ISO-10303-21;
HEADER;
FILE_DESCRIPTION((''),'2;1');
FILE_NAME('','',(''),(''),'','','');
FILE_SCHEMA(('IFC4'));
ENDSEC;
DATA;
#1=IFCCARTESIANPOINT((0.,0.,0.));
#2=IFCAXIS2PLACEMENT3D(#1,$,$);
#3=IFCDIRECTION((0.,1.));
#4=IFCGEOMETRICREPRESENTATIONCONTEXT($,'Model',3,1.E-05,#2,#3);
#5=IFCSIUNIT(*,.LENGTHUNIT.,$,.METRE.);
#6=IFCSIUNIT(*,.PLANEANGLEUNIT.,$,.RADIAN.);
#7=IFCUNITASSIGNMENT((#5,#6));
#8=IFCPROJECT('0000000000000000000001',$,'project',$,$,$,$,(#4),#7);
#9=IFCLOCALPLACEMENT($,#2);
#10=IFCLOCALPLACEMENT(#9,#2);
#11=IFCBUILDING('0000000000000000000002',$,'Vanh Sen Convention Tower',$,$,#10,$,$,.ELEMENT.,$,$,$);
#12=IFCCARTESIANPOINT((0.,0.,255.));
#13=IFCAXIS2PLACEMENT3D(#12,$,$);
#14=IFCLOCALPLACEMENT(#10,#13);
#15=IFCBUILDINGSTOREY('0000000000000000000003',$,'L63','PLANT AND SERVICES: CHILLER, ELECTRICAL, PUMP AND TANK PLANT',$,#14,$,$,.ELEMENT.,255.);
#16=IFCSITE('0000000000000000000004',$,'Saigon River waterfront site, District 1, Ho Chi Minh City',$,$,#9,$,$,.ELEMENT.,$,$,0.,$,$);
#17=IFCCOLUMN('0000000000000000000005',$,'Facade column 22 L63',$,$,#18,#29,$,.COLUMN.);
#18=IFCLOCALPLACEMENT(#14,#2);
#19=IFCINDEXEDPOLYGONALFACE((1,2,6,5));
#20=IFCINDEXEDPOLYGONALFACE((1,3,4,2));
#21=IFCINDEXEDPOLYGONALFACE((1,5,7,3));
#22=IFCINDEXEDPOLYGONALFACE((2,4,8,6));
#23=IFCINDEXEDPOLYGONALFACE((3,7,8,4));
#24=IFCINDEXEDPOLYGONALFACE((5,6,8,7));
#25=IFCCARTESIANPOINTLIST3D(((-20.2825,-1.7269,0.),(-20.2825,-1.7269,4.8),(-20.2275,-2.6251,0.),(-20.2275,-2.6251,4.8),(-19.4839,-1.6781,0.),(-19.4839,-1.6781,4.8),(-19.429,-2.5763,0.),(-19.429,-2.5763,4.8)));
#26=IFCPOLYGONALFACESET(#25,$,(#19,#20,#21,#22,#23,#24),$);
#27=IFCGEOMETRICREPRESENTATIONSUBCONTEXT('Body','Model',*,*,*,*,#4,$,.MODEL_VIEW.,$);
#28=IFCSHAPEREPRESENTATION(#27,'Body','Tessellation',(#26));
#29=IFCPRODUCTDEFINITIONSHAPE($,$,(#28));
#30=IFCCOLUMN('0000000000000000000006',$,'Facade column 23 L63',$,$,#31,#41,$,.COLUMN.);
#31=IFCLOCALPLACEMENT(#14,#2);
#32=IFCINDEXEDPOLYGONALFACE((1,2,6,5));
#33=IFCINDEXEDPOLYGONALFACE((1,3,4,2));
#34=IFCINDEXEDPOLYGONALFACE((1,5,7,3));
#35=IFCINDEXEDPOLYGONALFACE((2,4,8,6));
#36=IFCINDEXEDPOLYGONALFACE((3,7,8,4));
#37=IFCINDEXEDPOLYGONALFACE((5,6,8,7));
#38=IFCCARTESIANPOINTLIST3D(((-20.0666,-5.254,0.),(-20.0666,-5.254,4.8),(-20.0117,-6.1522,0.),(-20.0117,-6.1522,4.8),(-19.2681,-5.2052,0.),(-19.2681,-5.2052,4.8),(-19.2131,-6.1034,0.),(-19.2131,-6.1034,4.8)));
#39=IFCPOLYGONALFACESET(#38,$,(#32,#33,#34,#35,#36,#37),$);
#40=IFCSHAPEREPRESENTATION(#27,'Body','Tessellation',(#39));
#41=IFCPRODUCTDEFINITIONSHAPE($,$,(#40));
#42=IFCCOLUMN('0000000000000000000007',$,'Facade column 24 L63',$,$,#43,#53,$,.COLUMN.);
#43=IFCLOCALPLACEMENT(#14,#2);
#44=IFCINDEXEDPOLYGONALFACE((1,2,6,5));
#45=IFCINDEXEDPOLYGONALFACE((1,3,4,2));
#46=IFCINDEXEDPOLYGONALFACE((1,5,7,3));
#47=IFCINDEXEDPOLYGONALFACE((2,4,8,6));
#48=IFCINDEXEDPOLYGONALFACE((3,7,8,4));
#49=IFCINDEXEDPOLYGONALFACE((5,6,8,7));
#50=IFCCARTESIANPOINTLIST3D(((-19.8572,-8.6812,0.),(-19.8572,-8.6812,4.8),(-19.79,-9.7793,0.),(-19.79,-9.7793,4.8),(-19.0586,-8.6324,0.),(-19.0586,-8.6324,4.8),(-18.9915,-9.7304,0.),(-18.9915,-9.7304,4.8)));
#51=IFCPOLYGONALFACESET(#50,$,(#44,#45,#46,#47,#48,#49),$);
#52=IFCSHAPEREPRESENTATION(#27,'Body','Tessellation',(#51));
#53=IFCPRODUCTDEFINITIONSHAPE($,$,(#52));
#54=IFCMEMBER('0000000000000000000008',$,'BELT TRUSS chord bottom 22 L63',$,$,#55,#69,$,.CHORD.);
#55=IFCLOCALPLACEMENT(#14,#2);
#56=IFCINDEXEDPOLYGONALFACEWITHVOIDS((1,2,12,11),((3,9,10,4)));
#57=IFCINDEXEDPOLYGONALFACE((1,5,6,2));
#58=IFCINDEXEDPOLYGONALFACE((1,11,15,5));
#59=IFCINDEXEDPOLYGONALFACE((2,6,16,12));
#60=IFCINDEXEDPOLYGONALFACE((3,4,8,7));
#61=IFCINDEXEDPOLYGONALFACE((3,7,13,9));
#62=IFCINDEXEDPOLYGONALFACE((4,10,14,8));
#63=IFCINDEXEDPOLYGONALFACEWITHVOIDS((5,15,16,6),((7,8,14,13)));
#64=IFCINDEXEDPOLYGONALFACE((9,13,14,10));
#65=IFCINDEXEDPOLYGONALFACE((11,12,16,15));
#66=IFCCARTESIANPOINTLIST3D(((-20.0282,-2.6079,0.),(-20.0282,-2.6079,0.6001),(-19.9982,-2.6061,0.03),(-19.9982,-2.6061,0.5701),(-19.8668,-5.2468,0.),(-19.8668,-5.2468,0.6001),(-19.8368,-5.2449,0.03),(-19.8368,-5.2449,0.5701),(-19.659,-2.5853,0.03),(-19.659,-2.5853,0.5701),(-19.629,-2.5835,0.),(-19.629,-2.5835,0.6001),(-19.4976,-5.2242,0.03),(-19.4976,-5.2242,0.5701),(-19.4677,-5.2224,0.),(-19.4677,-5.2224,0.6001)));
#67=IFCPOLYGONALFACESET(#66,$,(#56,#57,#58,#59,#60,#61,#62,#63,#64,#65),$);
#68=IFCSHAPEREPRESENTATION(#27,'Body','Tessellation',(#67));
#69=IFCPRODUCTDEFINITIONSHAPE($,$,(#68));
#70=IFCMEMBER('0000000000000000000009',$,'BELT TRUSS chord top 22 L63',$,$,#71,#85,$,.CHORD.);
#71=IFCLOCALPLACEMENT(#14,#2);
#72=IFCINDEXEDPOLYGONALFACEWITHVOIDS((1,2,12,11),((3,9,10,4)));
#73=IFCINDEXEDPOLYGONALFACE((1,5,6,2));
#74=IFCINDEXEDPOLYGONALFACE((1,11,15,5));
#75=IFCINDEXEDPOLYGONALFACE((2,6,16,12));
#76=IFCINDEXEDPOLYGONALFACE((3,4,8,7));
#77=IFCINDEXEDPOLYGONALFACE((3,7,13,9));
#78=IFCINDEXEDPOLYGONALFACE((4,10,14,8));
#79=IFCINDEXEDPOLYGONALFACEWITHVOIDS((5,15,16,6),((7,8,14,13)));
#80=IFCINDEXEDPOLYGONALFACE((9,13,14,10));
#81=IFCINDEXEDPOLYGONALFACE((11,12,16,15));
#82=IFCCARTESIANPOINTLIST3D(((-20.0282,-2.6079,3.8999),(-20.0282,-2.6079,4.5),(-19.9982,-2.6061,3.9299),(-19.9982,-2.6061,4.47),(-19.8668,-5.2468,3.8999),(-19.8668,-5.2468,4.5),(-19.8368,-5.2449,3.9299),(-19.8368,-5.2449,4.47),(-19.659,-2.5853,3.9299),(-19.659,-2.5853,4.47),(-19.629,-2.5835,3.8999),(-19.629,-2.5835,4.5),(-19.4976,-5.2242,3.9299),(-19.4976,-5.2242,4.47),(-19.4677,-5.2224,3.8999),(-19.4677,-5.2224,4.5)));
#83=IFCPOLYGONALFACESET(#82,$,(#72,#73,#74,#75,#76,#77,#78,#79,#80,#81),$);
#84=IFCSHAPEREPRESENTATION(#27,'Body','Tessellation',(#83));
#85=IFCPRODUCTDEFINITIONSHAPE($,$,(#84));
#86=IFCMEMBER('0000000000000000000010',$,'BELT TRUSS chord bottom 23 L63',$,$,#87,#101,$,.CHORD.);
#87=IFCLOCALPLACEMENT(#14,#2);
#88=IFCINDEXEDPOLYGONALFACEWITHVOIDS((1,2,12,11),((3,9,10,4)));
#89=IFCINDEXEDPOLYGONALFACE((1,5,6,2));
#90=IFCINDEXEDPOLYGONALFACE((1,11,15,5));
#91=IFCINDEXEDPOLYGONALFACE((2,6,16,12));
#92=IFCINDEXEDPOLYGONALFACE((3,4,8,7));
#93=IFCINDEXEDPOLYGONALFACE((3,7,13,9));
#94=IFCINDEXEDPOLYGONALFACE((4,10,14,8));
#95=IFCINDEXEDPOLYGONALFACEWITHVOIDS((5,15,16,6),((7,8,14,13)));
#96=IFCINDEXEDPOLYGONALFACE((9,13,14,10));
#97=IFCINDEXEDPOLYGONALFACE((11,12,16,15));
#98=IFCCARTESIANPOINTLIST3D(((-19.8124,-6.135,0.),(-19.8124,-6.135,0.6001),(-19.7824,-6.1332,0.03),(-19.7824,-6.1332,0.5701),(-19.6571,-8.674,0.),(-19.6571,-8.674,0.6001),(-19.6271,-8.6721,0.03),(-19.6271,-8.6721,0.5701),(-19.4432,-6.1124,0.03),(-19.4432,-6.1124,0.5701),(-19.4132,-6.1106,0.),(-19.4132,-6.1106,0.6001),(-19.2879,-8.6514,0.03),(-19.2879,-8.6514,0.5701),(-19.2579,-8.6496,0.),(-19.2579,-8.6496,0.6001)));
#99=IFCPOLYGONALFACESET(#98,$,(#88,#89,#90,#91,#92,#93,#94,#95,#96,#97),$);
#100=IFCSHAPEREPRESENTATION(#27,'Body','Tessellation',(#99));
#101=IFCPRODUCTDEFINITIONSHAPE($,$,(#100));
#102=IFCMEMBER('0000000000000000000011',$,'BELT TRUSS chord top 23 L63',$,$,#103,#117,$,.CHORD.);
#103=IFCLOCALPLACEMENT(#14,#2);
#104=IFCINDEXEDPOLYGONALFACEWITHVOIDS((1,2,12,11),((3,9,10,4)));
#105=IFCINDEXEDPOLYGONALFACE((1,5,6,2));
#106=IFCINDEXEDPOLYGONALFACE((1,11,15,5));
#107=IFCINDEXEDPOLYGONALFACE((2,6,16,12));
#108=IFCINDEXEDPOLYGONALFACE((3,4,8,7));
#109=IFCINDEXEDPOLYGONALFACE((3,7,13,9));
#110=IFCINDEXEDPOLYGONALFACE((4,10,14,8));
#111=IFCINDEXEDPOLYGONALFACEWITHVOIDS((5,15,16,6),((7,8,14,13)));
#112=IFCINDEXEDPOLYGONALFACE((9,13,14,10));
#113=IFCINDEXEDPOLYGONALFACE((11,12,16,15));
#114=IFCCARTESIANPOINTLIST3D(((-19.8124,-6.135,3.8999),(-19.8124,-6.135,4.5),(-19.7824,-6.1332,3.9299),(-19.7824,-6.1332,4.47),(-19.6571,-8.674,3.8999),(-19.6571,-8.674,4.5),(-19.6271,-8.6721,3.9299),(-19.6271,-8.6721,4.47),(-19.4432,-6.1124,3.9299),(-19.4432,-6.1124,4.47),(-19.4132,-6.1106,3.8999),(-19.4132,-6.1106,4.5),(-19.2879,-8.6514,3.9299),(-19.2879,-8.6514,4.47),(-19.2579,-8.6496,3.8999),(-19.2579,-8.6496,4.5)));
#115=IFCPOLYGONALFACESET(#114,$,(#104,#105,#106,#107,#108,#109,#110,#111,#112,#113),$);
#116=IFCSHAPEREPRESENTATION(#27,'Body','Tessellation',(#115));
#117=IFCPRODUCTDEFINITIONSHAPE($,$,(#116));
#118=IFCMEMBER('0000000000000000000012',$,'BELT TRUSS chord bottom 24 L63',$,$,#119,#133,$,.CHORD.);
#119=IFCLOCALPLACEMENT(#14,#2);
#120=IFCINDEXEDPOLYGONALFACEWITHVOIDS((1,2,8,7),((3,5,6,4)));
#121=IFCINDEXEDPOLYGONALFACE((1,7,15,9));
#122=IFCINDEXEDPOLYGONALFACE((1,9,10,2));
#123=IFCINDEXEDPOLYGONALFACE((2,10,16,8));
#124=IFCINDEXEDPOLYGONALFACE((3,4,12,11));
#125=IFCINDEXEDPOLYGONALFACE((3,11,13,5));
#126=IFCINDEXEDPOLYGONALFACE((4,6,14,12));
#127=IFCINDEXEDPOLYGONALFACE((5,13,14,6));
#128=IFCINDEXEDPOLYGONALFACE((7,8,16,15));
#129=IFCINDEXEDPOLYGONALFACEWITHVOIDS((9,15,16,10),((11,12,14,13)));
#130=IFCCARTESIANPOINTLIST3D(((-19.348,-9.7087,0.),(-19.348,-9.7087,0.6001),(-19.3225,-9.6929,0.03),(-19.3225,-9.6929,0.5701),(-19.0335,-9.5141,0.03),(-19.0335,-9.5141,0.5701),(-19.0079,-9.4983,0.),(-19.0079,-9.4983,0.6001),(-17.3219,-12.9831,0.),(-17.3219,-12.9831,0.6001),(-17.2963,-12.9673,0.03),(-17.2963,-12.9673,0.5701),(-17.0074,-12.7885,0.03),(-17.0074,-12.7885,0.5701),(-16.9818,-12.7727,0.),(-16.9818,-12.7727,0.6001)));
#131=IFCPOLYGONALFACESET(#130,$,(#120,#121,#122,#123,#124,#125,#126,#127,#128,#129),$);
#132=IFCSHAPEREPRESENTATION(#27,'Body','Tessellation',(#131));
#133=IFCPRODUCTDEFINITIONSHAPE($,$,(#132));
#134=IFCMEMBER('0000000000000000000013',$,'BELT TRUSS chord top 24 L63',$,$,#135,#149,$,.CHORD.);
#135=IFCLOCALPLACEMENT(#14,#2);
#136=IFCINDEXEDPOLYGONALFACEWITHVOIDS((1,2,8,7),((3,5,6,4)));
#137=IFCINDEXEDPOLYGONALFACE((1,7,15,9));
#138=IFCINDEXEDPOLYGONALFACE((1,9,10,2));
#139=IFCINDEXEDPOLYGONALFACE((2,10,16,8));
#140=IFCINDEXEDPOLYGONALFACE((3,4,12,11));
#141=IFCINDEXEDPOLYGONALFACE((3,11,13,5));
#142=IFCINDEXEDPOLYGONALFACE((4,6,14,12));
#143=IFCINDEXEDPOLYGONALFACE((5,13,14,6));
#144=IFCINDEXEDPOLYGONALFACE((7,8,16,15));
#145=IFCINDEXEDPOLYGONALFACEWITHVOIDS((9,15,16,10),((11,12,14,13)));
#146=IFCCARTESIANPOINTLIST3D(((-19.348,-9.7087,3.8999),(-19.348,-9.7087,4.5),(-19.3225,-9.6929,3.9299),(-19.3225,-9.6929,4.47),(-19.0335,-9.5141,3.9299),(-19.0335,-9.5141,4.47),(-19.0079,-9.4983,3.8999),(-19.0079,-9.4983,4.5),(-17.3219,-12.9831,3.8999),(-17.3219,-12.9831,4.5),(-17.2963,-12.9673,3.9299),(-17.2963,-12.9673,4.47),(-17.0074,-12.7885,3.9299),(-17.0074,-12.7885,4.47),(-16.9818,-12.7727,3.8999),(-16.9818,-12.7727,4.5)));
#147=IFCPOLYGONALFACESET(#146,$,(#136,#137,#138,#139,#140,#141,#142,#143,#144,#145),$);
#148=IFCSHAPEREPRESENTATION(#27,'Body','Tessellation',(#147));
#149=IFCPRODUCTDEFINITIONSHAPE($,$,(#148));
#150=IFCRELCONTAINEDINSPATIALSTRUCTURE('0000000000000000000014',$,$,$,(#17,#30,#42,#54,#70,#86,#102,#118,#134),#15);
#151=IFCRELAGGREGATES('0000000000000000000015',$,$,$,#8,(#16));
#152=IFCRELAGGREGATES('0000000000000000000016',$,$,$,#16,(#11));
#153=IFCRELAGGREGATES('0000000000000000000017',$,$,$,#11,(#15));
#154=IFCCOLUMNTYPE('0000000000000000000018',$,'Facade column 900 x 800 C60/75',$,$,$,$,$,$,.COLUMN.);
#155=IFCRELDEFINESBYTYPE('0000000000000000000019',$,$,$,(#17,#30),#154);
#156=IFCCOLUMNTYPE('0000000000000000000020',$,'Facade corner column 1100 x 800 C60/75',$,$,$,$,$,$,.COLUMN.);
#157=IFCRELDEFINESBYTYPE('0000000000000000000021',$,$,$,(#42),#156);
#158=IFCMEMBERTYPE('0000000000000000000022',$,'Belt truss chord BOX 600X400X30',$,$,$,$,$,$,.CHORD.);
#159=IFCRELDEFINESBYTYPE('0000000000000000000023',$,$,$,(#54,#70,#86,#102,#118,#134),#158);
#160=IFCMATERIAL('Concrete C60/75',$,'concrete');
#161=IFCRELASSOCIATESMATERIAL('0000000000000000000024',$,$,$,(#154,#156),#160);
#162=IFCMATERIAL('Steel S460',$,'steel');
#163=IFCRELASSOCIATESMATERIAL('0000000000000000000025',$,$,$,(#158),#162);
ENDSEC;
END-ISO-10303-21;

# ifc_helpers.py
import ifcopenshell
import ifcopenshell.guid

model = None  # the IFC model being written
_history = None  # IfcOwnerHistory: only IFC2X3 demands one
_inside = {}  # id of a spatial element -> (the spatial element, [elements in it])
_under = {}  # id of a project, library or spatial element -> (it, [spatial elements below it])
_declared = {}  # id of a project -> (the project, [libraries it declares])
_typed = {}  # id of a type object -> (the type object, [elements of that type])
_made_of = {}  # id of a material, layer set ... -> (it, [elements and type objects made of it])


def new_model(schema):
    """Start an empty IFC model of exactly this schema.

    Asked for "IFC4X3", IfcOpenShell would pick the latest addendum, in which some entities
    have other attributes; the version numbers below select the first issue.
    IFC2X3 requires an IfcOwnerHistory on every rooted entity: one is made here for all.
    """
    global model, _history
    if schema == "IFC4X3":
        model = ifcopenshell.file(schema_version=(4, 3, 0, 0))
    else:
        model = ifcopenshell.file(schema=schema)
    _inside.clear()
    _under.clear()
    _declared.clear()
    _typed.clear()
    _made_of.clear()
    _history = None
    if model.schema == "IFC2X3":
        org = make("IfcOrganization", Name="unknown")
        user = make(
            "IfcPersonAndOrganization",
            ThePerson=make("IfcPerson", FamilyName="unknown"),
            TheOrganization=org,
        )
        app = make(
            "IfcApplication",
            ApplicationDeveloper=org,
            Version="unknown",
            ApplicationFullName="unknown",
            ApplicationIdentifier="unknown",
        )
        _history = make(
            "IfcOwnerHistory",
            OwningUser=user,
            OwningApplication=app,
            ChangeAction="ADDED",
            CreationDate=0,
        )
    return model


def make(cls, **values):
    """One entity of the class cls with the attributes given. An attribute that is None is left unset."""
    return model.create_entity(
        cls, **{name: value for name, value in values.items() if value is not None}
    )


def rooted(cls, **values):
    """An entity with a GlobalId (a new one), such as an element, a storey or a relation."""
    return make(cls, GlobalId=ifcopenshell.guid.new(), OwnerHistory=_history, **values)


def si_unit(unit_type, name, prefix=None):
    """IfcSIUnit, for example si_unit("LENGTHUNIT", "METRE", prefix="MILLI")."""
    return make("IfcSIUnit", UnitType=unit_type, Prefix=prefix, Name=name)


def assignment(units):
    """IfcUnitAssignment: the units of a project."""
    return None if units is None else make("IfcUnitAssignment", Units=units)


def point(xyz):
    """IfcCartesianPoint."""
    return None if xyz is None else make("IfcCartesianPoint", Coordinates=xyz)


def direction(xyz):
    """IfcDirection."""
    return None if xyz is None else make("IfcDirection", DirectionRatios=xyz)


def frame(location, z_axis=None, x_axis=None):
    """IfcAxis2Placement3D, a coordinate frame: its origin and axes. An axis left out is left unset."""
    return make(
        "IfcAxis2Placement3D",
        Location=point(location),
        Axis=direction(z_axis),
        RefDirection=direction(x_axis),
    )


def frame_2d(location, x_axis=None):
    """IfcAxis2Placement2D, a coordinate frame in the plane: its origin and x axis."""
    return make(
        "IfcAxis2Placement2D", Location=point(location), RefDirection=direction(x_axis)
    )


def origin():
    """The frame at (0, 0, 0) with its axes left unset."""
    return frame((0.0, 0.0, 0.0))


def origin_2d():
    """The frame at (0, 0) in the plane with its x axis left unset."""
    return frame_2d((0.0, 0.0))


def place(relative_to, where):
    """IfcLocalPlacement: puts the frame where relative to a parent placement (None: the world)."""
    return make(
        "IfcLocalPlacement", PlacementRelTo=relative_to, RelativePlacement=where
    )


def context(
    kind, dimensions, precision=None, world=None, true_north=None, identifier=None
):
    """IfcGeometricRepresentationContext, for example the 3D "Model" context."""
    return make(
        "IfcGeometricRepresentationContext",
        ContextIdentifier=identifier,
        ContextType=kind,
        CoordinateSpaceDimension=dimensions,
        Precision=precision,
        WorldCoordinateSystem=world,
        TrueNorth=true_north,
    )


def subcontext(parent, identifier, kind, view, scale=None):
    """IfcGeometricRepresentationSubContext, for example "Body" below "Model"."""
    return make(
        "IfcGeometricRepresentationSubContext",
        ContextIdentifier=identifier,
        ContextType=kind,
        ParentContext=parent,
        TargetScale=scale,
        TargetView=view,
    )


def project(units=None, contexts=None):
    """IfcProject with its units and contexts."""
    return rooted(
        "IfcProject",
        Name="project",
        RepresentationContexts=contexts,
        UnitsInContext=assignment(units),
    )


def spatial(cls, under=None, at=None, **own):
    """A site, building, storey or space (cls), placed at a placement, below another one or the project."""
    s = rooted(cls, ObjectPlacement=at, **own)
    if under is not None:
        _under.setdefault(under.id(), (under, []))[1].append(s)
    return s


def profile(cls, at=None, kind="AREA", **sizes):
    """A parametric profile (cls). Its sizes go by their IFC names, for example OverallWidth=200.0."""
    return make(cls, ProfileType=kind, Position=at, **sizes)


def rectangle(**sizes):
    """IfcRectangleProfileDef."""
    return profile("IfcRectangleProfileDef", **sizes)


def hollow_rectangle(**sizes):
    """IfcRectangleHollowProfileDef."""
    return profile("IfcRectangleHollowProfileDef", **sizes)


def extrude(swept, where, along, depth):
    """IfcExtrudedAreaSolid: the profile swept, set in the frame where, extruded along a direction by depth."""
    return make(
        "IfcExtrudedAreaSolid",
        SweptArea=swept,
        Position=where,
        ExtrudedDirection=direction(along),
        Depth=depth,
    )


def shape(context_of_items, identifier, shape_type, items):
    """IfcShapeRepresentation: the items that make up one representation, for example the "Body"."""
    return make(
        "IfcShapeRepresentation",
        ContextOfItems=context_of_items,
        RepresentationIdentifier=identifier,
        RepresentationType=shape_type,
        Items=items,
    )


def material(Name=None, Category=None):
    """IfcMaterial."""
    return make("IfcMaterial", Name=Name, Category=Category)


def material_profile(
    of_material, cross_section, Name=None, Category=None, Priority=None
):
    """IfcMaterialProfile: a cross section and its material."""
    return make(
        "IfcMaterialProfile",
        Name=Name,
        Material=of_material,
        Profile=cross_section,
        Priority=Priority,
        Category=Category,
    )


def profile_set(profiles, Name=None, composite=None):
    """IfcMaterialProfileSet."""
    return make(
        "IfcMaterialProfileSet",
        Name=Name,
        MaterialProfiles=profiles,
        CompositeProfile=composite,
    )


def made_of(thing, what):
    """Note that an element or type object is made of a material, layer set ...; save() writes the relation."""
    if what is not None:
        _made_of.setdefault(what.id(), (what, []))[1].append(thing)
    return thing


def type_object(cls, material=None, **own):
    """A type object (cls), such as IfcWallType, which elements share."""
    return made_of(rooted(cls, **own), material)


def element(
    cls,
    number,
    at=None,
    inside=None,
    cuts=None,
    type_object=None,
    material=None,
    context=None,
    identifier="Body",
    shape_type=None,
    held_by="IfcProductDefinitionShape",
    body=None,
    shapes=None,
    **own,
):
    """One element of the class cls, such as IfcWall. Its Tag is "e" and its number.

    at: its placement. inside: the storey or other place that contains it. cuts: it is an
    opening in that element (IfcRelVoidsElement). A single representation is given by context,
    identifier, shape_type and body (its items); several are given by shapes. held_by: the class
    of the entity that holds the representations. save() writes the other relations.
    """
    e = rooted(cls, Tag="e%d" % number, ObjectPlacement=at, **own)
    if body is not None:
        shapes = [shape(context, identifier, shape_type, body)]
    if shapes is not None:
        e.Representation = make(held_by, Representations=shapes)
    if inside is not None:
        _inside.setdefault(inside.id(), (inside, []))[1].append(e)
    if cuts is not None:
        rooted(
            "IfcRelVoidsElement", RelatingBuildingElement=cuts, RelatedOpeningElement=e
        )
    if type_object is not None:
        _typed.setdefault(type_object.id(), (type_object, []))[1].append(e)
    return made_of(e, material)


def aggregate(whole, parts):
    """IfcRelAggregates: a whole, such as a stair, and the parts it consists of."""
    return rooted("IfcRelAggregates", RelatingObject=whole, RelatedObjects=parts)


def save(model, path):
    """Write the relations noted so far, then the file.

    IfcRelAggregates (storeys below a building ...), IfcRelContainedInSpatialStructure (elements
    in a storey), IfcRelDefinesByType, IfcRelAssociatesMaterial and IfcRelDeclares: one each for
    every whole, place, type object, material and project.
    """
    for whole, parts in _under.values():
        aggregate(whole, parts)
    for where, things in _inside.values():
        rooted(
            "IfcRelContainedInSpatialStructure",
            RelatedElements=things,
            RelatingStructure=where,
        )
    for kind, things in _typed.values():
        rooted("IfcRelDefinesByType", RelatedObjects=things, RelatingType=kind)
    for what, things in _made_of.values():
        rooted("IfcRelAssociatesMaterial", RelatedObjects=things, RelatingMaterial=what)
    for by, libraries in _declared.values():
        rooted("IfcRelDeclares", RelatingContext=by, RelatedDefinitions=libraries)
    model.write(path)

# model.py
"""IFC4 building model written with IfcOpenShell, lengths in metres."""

from ifc_helpers import new_model, si_unit, direction, frame, origin, origin_2d, place, context, subcontext, project, spatial, rectangle, hollow_rectangle, extrude, material, material_profile, profile_set, type_object, element, save


model = new_model("IFC4")

# Units and contexts
model_context = context("Model", 3, precision=1e-05, world=origin(), true_north=direction((0.0, 1.0)))
body_context = subcontext(model_context, "Body", "Model", "MODEL_VIEW")
ifc_project = project(units=[si_unit("LENGTHUNIT", "METRE"), si_unit("PLANEANGLEUNIT", "RADIAN")], contexts=[model_context])

# Site, building, storey
site_placement = place(None, origin())
site = spatial("IfcSite", under=ifc_project, at=site_placement, Name="Saigon River waterfront site, District 1, Ho Chi Minh City", CompositionType="ELEMENT", RefElevation=0.0)
building_placement = place(site_placement, origin())
building = spatial("IfcBuilding", under=site, at=building_placement, Name="Vanh Sen Convention Tower", CompositionType="ELEMENT")
storey_placement = place(building_placement, frame((0.0, 0.0, 255.0)))
storey = spatial("IfcBuildingStorey", under=building, at=storey_placement, Name="L63", Description="PLANT AND SERVICES: CHILLER, ELECTRICAL, PUMP AND TANK PLANT", CompositionType="ELEMENT", Elevation=255.0)

# Columns
ifc_material_1 = material(Name="Concrete C60/75", Category="concrete")
ifc_material_profile_1 = material_profile(ifc_material_1, rectangle(XDim=0.8999, YDim=0.8, at=origin_2d()), Name="RC 900X800")
ifc_profile_set_1 = profile_set([ifc_material_profile_1], Name="Concrete C60/75")
column_type_1 = type_object("IfcColumnType", Name="Facade column 900 x 800 C60/75", PredefinedType="COLUMN", material=ifc_profile_set_1)
for number, where, z_axis, x_axis, name in (
    (1, (-19.8557, -2.1516, 0.0), (0.0, 0.0, 1.0), (0.061049, -0.998135, 0.0), "Facade column 22 L63"),
    (2, (-19.6399, -5.6787, 0.0), (0.0, 0.0, 1.0), (0.061049, -0.998135, 0.0), "Facade column 23 L63"),
):
    element("IfcColumn", number, at=place(storey_placement, frame(where, z_axis=z_axis, x_axis=x_axis)), inside=storey, type_object=column_type_1, Name=name, PredefinedType="COLUMN", context=body_context, shape_type="SweptSolid", body=[
        extrude(rectangle(XDim=0.8999, YDim=0.8, at=origin_2d()), origin(), (0.0, 0.0, 1.0), 4.8),
    ])
ifc_material_profile_2 = material_profile(ifc_material_1, rectangle(XDim=1.1001, YDim=0.8, at=origin_2d()), Name="RC 1100X800")
ifc_profile_set_2 = profile_set([ifc_material_profile_2], Name="Concrete C60/75")
column_type_2 = type_object("IfcColumnType", Name="Facade corner column 1100 x 800 C60/75", PredefinedType="COLUMN", material=ifc_profile_set_2)
column_placement = place(storey_placement, frame((-19.4243, -9.2058, 0.0), z_axis=(0.0, 0.0, 1.0), x_axis=(0.061049, -0.998135, 0.0)))
element("IfcColumn", 3, at=column_placement, inside=storey, type_object=column_type_2, Name="Facade column 24 L63", PredefinedType="COLUMN", context=body_context, shape_type="SweptSolid", body=[
    extrude(rectangle(XDim=1.1001, YDim=0.8, at=origin_2d()), origin(), (0.0, 0.0, 1.0), 4.8),
])

# Members
ifc_material_2 = material(Name="Steel S460", Category="steel")
ifc_material_profile_3 = material_profile(ifc_material_2, hollow_rectangle(XDim=0.3999, YDim=0.6001, WallThickness=0.03, at=origin_2d()), Name="BOX 600X400X30")
ifc_profile_set_3 = profile_set([ifc_material_profile_3], Name="Steel S460")
member_type_1 = type_object("IfcMemberType", Name="Belt truss chord BOX 600X400X30", PredefinedType="CHORD", material=ifc_profile_set_3)
for number, where, z_axis, x_axis, name in (
    (4, (-19.8286, -2.5957, 0.3), (0.061039, -0.998135, 0.0), (0.998135, 0.061039, 0.0), "BELT TRUSS chord bottom 22 L63"),
    (5, (-19.8286, -2.5957, 4.2), (0.061039, -0.998135, 0.0), (0.998135, 0.061039, 0.0), "BELT TRUSS chord top 22 L63"),
):
    element("IfcMember", number, at=place(storey_placement, frame(where, z_axis=z_axis, x_axis=x_axis)), inside=storey, type_object=member_type_1, Name=name, PredefinedType="CHORD", context=body_context, shape_type="SweptSolid", body=[
        extrude(hollow_rectangle(XDim=0.3999, YDim=0.6001, WallThickness=0.03, at=origin_2d()), origin(), (0.0, 0.0, 1.0), 2.6438),
    ])
for number, where, z_axis, x_axis, name in (
    (6, (-19.6128, -6.1228, 0.3), (0.06104, -0.998135, 0.0), (0.998135, 0.06104, 0.0), "BELT TRUSS chord bottom 23 L63"),
    (7, (-19.6128, -6.1228, 4.2), (0.06104, -0.998135, 0.0), (0.998135, 0.06104, 0.0), "BELT TRUSS chord top 23 L63"),
):
    element("IfcMember", number, at=place(storey_placement, frame(where, z_axis=z_axis, x_axis=x_axis)), inside=storey, type_object=member_type_1, Name=name, PredefinedType="CHORD", context=body_context, shape_type="SweptSolid", body=[
        extrude(hollow_rectangle(XDim=0.3999, YDim=0.6001, WallThickness=0.03, at=origin_2d()), origin(), (0.0, 0.0, 1.0), 2.5437),
    ])
for number, where, z_axis, x_axis, name in (
    (8, (-19.178, -9.6035, 0.3), (0.526187, -0.850369, 0.0), (0.850369, 0.526187, 0.0), "BELT TRUSS chord bottom 24 L63"),
    (9, (-19.178, -9.6035, 4.2), (0.526187, -0.850369, 0.0), (0.850369, 0.526187, 0.0), "BELT TRUSS chord top 24 L63"),
):
    element("IfcMember", number, at=place(storey_placement, frame(where, z_axis=z_axis, x_axis=x_axis)), inside=storey, type_object=member_type_1, Name=name, PredefinedType="CHORD", context=body_context, shape_type="SweptSolid", body=[
        extrude(hollow_rectangle(XDim=0.3999, YDim=0.6001, WallThickness=0.03, at=origin_2d()), origin(), (0.0, 0.0, 1.0), 3.8506),
    ])

save(model, "model.ifc")
